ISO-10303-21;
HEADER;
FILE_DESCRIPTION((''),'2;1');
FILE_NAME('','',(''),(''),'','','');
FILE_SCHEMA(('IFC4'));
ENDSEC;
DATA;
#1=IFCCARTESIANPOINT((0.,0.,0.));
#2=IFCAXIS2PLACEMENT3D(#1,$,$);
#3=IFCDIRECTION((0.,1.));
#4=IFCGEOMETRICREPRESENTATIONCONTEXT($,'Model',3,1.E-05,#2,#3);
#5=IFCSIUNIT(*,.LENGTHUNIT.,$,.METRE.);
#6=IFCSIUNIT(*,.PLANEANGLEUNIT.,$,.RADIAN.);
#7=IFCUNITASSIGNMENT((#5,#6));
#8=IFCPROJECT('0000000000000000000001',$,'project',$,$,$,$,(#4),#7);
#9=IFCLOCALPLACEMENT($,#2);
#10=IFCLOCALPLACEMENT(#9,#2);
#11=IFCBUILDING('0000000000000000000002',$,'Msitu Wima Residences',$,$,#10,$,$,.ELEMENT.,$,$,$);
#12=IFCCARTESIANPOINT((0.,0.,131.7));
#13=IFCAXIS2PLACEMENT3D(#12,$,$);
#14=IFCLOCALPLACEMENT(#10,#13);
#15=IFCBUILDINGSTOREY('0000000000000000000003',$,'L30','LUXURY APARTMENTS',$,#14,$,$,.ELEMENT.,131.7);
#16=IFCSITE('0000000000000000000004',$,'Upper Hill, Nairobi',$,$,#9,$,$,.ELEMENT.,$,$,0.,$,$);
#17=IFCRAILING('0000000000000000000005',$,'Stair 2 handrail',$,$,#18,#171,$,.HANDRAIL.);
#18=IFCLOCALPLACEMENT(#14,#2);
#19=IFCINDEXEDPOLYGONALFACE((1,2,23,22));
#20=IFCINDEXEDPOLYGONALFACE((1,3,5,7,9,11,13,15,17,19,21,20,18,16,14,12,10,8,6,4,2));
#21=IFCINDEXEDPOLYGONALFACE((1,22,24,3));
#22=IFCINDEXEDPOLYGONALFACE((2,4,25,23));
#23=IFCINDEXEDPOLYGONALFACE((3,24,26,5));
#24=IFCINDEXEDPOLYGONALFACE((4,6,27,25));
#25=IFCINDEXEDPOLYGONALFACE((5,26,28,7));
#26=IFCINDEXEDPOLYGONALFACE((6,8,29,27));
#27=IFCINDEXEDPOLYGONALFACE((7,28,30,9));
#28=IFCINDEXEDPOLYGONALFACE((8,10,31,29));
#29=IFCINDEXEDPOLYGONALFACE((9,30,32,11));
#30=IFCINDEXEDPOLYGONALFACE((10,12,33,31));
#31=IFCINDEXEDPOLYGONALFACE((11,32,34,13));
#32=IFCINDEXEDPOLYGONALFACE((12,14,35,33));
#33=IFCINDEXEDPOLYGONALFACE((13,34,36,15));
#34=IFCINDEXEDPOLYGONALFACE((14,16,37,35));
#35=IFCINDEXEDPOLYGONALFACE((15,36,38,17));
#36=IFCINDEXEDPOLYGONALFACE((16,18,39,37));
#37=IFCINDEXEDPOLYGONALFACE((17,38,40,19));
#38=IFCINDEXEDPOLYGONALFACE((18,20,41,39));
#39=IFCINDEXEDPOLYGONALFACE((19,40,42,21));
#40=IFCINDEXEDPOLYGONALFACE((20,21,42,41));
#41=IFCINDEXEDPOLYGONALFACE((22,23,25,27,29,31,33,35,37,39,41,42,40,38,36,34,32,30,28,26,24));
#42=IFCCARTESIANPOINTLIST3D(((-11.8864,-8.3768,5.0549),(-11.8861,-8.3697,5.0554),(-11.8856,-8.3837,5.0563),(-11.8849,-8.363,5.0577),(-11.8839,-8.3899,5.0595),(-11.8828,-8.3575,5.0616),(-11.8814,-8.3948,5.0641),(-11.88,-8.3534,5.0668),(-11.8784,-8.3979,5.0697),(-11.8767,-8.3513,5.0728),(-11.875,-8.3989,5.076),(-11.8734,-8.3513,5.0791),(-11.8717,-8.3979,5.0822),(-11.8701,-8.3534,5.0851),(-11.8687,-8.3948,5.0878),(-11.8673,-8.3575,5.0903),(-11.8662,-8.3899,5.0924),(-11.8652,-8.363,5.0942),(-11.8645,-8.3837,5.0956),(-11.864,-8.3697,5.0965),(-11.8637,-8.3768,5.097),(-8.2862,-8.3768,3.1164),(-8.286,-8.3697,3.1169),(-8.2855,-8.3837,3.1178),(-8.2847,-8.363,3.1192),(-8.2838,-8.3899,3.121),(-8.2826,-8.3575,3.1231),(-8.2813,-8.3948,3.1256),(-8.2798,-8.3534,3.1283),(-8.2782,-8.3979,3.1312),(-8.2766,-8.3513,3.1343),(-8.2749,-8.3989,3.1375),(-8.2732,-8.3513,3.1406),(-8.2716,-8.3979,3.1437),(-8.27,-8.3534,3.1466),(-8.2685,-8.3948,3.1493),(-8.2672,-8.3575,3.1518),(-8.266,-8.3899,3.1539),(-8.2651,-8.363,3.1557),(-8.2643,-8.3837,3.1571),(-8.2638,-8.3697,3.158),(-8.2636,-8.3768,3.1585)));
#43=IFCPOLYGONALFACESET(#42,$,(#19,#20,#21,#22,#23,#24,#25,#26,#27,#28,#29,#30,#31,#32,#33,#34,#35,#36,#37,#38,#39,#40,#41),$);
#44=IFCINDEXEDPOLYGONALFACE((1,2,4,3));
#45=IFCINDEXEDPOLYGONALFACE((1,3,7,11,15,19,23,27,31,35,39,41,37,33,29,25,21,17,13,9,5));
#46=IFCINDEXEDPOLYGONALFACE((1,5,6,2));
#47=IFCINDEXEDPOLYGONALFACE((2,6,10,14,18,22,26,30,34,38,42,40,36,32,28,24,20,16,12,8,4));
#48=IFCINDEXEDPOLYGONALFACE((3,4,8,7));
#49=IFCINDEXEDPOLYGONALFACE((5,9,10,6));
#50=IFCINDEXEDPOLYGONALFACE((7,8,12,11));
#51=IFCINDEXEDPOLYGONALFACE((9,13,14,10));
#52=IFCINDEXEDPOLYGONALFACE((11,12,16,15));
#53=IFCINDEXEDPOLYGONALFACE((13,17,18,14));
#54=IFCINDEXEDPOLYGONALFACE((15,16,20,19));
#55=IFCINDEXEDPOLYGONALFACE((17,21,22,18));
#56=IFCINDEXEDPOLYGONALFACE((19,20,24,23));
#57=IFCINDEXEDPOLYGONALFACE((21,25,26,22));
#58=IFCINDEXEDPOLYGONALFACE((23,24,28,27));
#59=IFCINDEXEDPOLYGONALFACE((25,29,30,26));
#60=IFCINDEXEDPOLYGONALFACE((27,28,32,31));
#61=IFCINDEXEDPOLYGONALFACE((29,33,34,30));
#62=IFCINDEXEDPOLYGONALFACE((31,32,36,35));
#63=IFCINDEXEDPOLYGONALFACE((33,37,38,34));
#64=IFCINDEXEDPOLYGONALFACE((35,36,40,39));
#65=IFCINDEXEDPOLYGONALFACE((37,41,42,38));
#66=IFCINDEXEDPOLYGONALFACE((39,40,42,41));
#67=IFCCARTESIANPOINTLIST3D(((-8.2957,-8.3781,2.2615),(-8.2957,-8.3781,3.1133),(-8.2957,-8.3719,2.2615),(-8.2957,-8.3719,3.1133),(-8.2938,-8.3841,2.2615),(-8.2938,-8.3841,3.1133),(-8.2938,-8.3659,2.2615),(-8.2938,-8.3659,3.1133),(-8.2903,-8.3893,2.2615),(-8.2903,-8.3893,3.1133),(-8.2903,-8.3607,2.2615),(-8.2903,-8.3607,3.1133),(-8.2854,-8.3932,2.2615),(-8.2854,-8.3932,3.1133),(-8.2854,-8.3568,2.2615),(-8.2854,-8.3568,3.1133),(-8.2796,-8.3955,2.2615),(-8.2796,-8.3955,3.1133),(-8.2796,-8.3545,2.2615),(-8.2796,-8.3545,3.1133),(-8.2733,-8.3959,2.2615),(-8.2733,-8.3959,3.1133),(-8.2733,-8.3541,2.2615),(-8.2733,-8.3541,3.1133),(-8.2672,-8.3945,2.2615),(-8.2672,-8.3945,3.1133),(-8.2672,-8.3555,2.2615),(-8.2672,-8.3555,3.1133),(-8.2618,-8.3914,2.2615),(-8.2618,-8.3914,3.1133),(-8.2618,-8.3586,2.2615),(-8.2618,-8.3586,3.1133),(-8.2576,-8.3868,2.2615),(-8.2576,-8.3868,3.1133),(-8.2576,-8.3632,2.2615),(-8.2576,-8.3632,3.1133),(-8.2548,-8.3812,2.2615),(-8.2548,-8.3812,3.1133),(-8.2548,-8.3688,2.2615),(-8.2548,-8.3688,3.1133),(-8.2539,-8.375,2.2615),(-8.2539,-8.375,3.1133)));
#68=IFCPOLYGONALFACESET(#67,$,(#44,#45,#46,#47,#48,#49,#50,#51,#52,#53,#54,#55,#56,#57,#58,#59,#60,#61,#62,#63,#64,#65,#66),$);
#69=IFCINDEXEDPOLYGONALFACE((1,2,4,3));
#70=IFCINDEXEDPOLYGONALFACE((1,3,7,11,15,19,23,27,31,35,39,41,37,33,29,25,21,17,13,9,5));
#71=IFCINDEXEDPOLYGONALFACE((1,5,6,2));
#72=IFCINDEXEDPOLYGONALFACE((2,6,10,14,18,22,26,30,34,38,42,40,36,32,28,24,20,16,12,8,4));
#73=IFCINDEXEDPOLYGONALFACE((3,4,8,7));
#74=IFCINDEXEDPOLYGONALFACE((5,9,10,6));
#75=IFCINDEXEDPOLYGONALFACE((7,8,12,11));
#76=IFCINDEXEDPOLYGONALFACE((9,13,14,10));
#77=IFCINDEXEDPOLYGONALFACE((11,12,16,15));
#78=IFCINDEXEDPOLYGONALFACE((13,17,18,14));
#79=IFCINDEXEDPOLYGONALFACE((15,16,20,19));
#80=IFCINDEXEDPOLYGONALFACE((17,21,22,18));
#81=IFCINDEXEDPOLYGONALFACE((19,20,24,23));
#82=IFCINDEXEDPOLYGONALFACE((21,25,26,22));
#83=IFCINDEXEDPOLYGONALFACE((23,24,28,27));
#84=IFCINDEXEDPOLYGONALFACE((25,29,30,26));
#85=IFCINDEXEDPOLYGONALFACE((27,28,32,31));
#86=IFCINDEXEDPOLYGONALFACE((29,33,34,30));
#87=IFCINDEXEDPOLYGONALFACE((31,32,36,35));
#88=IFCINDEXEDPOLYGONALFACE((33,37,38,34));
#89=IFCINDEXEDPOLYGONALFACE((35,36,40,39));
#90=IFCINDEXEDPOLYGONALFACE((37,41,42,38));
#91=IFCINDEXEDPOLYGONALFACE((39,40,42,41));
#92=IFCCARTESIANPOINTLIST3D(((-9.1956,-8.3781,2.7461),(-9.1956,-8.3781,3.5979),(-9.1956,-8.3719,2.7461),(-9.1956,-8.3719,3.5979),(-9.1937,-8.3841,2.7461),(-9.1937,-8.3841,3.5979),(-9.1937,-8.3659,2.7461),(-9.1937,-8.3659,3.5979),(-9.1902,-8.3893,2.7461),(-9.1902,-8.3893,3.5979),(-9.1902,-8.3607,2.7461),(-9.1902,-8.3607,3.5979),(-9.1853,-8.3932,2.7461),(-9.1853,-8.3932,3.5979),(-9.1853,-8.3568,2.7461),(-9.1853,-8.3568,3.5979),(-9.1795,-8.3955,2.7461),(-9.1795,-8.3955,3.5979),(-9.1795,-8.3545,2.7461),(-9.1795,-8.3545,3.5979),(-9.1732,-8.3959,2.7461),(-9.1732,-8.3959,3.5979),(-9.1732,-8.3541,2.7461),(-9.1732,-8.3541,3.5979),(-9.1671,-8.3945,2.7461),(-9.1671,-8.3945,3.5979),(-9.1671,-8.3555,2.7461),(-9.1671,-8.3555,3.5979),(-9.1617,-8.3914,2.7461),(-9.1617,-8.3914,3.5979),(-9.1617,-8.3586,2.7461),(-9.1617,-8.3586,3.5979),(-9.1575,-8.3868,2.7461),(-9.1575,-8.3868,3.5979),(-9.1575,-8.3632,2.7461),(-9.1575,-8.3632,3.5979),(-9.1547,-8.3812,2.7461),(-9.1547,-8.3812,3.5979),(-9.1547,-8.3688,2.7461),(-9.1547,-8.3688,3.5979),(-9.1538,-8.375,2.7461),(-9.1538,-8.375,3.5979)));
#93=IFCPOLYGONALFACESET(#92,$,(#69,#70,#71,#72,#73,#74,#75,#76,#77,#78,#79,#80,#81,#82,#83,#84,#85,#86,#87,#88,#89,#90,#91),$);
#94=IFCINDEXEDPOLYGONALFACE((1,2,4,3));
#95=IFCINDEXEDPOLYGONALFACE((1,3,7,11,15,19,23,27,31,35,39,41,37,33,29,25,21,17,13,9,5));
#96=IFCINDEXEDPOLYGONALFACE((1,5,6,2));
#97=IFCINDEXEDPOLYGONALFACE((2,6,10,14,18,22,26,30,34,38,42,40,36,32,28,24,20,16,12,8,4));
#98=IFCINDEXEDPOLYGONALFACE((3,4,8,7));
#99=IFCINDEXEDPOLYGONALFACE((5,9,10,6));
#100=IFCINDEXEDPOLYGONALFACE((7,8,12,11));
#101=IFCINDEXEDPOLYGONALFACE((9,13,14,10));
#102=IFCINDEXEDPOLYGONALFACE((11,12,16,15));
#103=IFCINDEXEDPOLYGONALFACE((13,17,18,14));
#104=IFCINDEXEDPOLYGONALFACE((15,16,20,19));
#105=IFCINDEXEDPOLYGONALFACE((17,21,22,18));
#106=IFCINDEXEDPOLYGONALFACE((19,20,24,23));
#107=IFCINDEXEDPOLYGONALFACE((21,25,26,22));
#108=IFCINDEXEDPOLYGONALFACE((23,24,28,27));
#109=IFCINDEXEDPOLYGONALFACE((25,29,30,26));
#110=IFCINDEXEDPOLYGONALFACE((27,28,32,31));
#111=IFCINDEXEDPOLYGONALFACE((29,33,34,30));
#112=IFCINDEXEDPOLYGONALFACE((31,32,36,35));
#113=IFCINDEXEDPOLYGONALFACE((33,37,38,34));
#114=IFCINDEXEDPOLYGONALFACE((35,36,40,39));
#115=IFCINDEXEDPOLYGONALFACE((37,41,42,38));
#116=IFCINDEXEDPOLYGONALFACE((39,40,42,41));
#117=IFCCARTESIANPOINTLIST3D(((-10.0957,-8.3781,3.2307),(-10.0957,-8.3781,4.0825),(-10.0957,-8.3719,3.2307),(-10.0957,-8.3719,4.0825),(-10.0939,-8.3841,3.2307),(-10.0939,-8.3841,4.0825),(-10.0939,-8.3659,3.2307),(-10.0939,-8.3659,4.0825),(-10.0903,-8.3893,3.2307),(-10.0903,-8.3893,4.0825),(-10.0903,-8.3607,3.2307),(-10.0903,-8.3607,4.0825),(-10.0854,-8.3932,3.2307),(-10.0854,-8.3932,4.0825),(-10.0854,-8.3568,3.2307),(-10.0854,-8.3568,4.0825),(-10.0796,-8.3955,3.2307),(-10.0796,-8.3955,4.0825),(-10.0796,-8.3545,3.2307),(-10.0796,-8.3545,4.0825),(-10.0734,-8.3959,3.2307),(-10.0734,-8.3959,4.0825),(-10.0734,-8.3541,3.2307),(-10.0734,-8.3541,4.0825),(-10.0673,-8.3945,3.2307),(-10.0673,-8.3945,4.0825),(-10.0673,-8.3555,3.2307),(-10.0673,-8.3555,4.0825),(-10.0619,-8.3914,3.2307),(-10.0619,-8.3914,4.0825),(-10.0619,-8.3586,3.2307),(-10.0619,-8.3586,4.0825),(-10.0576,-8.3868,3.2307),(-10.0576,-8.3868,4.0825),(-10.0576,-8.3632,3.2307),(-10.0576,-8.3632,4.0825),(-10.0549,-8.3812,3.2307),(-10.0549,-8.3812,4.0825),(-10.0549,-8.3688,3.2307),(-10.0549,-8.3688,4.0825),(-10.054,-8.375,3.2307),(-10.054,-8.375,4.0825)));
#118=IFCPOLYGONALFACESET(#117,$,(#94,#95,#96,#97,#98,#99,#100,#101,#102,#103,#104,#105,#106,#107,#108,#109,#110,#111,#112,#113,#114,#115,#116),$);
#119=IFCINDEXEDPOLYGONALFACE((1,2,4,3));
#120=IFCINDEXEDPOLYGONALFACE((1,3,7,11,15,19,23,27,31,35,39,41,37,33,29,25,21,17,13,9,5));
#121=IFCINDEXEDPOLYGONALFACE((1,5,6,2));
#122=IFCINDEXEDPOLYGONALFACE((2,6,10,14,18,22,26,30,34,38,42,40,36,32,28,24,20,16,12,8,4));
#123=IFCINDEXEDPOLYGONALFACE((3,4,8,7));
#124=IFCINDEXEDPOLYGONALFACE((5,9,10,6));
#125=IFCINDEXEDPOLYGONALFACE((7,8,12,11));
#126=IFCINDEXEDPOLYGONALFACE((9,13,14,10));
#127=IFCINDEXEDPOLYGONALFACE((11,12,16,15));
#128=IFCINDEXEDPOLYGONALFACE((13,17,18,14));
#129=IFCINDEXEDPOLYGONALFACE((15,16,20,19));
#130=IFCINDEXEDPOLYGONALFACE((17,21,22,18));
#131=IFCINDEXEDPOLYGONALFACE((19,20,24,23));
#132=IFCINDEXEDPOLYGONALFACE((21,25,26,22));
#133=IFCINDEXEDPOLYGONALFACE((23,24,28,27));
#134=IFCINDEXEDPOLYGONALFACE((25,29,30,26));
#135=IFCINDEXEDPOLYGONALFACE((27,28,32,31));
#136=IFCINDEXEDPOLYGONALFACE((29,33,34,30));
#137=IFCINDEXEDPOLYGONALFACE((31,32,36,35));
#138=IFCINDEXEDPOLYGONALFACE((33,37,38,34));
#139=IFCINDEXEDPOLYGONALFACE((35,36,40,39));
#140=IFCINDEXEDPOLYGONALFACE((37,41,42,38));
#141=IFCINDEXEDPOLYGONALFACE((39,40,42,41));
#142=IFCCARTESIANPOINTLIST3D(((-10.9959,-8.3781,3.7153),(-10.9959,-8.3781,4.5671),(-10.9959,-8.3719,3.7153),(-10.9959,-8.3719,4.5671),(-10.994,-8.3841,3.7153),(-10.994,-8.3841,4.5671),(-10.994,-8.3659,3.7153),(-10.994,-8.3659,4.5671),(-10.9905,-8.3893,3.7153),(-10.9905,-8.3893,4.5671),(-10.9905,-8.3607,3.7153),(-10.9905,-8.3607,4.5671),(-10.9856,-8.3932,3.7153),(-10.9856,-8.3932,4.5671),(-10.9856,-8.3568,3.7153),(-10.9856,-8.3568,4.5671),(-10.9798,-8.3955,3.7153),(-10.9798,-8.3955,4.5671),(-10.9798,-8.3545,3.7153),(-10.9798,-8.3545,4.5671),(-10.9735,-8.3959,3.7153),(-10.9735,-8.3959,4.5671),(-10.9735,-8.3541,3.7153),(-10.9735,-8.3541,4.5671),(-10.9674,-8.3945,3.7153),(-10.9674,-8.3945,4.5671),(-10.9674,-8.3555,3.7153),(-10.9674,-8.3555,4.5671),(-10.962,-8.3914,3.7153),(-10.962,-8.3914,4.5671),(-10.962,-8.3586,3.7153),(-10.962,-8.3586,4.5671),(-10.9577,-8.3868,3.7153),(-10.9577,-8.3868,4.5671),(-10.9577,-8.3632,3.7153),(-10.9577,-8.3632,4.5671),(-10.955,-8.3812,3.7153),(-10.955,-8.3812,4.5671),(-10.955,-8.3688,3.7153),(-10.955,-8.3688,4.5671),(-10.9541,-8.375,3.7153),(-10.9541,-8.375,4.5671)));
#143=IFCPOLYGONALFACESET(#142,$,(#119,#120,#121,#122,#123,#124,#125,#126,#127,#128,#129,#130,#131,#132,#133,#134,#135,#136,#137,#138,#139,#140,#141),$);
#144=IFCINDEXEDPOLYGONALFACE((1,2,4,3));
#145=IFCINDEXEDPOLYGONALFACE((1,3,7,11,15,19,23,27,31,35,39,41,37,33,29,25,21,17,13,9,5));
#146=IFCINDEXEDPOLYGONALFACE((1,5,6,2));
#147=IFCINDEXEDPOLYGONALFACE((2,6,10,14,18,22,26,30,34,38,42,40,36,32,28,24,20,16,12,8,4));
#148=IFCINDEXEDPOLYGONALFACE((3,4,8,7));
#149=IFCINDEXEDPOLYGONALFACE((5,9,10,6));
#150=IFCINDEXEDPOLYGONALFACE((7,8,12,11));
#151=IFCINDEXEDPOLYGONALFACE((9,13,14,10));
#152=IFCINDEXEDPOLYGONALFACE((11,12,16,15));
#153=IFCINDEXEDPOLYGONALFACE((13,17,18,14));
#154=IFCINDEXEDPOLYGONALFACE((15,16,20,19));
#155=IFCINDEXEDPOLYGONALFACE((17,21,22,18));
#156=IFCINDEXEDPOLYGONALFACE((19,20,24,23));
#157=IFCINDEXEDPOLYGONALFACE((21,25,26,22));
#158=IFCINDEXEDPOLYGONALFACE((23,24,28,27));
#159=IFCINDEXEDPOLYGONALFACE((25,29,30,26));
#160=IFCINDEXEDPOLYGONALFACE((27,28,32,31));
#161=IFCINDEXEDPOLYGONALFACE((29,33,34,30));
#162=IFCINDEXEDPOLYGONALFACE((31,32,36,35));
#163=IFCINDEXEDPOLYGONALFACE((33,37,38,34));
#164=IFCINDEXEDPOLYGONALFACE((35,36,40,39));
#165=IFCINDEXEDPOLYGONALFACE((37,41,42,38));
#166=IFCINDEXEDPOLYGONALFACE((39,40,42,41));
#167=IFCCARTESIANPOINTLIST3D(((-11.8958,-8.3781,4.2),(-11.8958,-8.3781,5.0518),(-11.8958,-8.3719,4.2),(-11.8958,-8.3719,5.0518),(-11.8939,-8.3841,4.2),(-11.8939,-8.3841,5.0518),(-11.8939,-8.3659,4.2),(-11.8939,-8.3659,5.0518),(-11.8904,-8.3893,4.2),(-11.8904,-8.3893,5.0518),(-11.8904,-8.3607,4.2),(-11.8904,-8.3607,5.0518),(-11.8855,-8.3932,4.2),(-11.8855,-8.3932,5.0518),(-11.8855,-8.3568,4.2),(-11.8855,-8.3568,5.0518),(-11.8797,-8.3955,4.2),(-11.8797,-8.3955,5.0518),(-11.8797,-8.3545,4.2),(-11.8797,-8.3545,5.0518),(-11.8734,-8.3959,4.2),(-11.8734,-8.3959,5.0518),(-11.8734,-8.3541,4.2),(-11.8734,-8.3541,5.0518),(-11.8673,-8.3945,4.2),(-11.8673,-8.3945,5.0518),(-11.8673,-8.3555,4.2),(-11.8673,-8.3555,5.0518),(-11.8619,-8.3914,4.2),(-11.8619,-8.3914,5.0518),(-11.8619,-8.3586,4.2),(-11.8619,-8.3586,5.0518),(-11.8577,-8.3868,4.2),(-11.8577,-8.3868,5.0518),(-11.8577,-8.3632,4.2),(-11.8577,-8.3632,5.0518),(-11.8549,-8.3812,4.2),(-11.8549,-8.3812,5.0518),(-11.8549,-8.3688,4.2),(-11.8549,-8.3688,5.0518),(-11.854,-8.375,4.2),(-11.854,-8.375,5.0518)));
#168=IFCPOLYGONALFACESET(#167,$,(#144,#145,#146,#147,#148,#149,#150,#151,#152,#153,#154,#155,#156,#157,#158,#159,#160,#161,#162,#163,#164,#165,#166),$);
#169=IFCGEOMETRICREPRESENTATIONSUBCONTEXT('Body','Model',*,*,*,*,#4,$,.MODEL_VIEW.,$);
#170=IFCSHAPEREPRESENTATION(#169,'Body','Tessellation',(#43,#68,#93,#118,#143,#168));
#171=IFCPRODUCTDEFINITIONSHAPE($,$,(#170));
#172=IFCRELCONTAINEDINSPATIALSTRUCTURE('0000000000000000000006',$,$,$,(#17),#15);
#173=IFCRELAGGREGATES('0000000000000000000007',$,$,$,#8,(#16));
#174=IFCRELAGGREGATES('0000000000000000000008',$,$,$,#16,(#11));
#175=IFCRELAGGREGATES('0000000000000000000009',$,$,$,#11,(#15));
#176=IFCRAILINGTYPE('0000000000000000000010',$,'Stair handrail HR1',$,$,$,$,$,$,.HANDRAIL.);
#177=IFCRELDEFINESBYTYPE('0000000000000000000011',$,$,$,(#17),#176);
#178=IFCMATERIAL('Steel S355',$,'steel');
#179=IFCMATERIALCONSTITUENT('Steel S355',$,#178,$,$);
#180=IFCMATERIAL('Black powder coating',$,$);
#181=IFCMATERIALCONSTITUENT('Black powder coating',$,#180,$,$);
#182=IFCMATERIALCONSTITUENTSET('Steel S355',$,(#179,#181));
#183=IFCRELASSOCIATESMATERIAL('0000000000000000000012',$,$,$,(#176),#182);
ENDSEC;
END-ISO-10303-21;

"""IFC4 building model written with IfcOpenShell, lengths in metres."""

from ifc_helpers import new_model, si_unit, direction, frame, origin, origin_2d, place, context, subcontext, project, spatial, circle, extrude, material, constituent, constituent_set, type_object, element, save


model = new_model("IFC4")

# Units and contexts
model_context = context("Model", 3, precision=1e-05, world=origin(), true_north=direction((0.0, 1.0)))
body_context = subcontext(model_context, "Body", "Model", "MODEL_VIEW")
ifc_project = project(units=[si_unit("LENGTHUNIT", "METRE"), si_unit("PLANEANGLEUNIT", "RADIAN")], contexts=[model_context])

# Site, building, storey
site_placement = place(None, origin())
site = spatial("IfcSite", under=ifc_project, at=site_placement, Name="Upper Hill, Nairobi", CompositionType="ELEMENT", RefElevation=0.0)
building_placement = place(site_placement, origin())
building = spatial("IfcBuilding", under=site, at=building_placement, Name="Msitu Wima Residences", CompositionType="ELEMENT")
storey_placement = place(building_placement, frame((0.0, 0.0, 131.7)))
storey = spatial("IfcBuildingStorey", under=building, at=storey_placement, Name="L30", Description="LUXURY APARTMENTS", CompositionType="ELEMENT", Elevation=131.7)

# Railing
ifc_material_1 = material(Name="Steel S355", Category="steel")
ifc_constituent_1 = constituent(ifc_material_1, Name="Steel S355")
ifc_material_2 = material(Name="Black powder coating")
ifc_constituent_2 = constituent(ifc_material_2, Name="Black powder coating")
ifc_constituent_set = constituent_set(constituents=[ifc_constituent_1, ifc_constituent_2], Name="Steel S355")
railing_type = type_object("IfcRailingType", Name="Stair handrail HR1", PredefinedType="HANDRAIL", material=ifc_constituent_set)
for number, where, name in (
    (1, (-8.2749, -8.375, 2.2615), "Stair 2 handrail"),
):
    element("IfcRailing", number, at=place(storey_placement, frame(where)), inside=storey, type_object=railing_type, Name=name, PredefinedType="HANDRAIL", context=body_context, shape_type="SweptSolid", body=[
        extrude(circle(Radius=0.0239, at=origin_2d()), frame((0.0, 0.0, 0.876), z_axis=(-0.880475, 0.0, 0.474093), x_axis=(0.0, -1.0, 0.0)), (0.0, 0.0, 1.0), 4.0889),
        extrude(circle(Radius=0.021, at=origin_2d()), origin(), (0.0, 0.0, 1.0), 0.8518),
        extrude(circle(Radius=0.021, at=origin_2d()), frame((-0.8999, 0.0, 0.4846)), (0.0, 0.0, 1.0), 0.8518),
        extrude(circle(Radius=0.021, at=origin_2d()), frame((-1.8, 0.0, 0.9692)), (0.0, 0.0, 1.0), 0.8518),
        extrude(circle(Radius=0.021, at=origin_2d()), frame((-2.7002, 0.0, 1.4539)), (0.0, 0.0, 1.0), 0.8518),
        extrude(circle(Radius=0.021, at=origin_2d()), frame((-3.6001, 0.0, 1.9385)), (0.0, 0.0, 1.0), 0.8518),
    ])

save(model, "model.ifc")
